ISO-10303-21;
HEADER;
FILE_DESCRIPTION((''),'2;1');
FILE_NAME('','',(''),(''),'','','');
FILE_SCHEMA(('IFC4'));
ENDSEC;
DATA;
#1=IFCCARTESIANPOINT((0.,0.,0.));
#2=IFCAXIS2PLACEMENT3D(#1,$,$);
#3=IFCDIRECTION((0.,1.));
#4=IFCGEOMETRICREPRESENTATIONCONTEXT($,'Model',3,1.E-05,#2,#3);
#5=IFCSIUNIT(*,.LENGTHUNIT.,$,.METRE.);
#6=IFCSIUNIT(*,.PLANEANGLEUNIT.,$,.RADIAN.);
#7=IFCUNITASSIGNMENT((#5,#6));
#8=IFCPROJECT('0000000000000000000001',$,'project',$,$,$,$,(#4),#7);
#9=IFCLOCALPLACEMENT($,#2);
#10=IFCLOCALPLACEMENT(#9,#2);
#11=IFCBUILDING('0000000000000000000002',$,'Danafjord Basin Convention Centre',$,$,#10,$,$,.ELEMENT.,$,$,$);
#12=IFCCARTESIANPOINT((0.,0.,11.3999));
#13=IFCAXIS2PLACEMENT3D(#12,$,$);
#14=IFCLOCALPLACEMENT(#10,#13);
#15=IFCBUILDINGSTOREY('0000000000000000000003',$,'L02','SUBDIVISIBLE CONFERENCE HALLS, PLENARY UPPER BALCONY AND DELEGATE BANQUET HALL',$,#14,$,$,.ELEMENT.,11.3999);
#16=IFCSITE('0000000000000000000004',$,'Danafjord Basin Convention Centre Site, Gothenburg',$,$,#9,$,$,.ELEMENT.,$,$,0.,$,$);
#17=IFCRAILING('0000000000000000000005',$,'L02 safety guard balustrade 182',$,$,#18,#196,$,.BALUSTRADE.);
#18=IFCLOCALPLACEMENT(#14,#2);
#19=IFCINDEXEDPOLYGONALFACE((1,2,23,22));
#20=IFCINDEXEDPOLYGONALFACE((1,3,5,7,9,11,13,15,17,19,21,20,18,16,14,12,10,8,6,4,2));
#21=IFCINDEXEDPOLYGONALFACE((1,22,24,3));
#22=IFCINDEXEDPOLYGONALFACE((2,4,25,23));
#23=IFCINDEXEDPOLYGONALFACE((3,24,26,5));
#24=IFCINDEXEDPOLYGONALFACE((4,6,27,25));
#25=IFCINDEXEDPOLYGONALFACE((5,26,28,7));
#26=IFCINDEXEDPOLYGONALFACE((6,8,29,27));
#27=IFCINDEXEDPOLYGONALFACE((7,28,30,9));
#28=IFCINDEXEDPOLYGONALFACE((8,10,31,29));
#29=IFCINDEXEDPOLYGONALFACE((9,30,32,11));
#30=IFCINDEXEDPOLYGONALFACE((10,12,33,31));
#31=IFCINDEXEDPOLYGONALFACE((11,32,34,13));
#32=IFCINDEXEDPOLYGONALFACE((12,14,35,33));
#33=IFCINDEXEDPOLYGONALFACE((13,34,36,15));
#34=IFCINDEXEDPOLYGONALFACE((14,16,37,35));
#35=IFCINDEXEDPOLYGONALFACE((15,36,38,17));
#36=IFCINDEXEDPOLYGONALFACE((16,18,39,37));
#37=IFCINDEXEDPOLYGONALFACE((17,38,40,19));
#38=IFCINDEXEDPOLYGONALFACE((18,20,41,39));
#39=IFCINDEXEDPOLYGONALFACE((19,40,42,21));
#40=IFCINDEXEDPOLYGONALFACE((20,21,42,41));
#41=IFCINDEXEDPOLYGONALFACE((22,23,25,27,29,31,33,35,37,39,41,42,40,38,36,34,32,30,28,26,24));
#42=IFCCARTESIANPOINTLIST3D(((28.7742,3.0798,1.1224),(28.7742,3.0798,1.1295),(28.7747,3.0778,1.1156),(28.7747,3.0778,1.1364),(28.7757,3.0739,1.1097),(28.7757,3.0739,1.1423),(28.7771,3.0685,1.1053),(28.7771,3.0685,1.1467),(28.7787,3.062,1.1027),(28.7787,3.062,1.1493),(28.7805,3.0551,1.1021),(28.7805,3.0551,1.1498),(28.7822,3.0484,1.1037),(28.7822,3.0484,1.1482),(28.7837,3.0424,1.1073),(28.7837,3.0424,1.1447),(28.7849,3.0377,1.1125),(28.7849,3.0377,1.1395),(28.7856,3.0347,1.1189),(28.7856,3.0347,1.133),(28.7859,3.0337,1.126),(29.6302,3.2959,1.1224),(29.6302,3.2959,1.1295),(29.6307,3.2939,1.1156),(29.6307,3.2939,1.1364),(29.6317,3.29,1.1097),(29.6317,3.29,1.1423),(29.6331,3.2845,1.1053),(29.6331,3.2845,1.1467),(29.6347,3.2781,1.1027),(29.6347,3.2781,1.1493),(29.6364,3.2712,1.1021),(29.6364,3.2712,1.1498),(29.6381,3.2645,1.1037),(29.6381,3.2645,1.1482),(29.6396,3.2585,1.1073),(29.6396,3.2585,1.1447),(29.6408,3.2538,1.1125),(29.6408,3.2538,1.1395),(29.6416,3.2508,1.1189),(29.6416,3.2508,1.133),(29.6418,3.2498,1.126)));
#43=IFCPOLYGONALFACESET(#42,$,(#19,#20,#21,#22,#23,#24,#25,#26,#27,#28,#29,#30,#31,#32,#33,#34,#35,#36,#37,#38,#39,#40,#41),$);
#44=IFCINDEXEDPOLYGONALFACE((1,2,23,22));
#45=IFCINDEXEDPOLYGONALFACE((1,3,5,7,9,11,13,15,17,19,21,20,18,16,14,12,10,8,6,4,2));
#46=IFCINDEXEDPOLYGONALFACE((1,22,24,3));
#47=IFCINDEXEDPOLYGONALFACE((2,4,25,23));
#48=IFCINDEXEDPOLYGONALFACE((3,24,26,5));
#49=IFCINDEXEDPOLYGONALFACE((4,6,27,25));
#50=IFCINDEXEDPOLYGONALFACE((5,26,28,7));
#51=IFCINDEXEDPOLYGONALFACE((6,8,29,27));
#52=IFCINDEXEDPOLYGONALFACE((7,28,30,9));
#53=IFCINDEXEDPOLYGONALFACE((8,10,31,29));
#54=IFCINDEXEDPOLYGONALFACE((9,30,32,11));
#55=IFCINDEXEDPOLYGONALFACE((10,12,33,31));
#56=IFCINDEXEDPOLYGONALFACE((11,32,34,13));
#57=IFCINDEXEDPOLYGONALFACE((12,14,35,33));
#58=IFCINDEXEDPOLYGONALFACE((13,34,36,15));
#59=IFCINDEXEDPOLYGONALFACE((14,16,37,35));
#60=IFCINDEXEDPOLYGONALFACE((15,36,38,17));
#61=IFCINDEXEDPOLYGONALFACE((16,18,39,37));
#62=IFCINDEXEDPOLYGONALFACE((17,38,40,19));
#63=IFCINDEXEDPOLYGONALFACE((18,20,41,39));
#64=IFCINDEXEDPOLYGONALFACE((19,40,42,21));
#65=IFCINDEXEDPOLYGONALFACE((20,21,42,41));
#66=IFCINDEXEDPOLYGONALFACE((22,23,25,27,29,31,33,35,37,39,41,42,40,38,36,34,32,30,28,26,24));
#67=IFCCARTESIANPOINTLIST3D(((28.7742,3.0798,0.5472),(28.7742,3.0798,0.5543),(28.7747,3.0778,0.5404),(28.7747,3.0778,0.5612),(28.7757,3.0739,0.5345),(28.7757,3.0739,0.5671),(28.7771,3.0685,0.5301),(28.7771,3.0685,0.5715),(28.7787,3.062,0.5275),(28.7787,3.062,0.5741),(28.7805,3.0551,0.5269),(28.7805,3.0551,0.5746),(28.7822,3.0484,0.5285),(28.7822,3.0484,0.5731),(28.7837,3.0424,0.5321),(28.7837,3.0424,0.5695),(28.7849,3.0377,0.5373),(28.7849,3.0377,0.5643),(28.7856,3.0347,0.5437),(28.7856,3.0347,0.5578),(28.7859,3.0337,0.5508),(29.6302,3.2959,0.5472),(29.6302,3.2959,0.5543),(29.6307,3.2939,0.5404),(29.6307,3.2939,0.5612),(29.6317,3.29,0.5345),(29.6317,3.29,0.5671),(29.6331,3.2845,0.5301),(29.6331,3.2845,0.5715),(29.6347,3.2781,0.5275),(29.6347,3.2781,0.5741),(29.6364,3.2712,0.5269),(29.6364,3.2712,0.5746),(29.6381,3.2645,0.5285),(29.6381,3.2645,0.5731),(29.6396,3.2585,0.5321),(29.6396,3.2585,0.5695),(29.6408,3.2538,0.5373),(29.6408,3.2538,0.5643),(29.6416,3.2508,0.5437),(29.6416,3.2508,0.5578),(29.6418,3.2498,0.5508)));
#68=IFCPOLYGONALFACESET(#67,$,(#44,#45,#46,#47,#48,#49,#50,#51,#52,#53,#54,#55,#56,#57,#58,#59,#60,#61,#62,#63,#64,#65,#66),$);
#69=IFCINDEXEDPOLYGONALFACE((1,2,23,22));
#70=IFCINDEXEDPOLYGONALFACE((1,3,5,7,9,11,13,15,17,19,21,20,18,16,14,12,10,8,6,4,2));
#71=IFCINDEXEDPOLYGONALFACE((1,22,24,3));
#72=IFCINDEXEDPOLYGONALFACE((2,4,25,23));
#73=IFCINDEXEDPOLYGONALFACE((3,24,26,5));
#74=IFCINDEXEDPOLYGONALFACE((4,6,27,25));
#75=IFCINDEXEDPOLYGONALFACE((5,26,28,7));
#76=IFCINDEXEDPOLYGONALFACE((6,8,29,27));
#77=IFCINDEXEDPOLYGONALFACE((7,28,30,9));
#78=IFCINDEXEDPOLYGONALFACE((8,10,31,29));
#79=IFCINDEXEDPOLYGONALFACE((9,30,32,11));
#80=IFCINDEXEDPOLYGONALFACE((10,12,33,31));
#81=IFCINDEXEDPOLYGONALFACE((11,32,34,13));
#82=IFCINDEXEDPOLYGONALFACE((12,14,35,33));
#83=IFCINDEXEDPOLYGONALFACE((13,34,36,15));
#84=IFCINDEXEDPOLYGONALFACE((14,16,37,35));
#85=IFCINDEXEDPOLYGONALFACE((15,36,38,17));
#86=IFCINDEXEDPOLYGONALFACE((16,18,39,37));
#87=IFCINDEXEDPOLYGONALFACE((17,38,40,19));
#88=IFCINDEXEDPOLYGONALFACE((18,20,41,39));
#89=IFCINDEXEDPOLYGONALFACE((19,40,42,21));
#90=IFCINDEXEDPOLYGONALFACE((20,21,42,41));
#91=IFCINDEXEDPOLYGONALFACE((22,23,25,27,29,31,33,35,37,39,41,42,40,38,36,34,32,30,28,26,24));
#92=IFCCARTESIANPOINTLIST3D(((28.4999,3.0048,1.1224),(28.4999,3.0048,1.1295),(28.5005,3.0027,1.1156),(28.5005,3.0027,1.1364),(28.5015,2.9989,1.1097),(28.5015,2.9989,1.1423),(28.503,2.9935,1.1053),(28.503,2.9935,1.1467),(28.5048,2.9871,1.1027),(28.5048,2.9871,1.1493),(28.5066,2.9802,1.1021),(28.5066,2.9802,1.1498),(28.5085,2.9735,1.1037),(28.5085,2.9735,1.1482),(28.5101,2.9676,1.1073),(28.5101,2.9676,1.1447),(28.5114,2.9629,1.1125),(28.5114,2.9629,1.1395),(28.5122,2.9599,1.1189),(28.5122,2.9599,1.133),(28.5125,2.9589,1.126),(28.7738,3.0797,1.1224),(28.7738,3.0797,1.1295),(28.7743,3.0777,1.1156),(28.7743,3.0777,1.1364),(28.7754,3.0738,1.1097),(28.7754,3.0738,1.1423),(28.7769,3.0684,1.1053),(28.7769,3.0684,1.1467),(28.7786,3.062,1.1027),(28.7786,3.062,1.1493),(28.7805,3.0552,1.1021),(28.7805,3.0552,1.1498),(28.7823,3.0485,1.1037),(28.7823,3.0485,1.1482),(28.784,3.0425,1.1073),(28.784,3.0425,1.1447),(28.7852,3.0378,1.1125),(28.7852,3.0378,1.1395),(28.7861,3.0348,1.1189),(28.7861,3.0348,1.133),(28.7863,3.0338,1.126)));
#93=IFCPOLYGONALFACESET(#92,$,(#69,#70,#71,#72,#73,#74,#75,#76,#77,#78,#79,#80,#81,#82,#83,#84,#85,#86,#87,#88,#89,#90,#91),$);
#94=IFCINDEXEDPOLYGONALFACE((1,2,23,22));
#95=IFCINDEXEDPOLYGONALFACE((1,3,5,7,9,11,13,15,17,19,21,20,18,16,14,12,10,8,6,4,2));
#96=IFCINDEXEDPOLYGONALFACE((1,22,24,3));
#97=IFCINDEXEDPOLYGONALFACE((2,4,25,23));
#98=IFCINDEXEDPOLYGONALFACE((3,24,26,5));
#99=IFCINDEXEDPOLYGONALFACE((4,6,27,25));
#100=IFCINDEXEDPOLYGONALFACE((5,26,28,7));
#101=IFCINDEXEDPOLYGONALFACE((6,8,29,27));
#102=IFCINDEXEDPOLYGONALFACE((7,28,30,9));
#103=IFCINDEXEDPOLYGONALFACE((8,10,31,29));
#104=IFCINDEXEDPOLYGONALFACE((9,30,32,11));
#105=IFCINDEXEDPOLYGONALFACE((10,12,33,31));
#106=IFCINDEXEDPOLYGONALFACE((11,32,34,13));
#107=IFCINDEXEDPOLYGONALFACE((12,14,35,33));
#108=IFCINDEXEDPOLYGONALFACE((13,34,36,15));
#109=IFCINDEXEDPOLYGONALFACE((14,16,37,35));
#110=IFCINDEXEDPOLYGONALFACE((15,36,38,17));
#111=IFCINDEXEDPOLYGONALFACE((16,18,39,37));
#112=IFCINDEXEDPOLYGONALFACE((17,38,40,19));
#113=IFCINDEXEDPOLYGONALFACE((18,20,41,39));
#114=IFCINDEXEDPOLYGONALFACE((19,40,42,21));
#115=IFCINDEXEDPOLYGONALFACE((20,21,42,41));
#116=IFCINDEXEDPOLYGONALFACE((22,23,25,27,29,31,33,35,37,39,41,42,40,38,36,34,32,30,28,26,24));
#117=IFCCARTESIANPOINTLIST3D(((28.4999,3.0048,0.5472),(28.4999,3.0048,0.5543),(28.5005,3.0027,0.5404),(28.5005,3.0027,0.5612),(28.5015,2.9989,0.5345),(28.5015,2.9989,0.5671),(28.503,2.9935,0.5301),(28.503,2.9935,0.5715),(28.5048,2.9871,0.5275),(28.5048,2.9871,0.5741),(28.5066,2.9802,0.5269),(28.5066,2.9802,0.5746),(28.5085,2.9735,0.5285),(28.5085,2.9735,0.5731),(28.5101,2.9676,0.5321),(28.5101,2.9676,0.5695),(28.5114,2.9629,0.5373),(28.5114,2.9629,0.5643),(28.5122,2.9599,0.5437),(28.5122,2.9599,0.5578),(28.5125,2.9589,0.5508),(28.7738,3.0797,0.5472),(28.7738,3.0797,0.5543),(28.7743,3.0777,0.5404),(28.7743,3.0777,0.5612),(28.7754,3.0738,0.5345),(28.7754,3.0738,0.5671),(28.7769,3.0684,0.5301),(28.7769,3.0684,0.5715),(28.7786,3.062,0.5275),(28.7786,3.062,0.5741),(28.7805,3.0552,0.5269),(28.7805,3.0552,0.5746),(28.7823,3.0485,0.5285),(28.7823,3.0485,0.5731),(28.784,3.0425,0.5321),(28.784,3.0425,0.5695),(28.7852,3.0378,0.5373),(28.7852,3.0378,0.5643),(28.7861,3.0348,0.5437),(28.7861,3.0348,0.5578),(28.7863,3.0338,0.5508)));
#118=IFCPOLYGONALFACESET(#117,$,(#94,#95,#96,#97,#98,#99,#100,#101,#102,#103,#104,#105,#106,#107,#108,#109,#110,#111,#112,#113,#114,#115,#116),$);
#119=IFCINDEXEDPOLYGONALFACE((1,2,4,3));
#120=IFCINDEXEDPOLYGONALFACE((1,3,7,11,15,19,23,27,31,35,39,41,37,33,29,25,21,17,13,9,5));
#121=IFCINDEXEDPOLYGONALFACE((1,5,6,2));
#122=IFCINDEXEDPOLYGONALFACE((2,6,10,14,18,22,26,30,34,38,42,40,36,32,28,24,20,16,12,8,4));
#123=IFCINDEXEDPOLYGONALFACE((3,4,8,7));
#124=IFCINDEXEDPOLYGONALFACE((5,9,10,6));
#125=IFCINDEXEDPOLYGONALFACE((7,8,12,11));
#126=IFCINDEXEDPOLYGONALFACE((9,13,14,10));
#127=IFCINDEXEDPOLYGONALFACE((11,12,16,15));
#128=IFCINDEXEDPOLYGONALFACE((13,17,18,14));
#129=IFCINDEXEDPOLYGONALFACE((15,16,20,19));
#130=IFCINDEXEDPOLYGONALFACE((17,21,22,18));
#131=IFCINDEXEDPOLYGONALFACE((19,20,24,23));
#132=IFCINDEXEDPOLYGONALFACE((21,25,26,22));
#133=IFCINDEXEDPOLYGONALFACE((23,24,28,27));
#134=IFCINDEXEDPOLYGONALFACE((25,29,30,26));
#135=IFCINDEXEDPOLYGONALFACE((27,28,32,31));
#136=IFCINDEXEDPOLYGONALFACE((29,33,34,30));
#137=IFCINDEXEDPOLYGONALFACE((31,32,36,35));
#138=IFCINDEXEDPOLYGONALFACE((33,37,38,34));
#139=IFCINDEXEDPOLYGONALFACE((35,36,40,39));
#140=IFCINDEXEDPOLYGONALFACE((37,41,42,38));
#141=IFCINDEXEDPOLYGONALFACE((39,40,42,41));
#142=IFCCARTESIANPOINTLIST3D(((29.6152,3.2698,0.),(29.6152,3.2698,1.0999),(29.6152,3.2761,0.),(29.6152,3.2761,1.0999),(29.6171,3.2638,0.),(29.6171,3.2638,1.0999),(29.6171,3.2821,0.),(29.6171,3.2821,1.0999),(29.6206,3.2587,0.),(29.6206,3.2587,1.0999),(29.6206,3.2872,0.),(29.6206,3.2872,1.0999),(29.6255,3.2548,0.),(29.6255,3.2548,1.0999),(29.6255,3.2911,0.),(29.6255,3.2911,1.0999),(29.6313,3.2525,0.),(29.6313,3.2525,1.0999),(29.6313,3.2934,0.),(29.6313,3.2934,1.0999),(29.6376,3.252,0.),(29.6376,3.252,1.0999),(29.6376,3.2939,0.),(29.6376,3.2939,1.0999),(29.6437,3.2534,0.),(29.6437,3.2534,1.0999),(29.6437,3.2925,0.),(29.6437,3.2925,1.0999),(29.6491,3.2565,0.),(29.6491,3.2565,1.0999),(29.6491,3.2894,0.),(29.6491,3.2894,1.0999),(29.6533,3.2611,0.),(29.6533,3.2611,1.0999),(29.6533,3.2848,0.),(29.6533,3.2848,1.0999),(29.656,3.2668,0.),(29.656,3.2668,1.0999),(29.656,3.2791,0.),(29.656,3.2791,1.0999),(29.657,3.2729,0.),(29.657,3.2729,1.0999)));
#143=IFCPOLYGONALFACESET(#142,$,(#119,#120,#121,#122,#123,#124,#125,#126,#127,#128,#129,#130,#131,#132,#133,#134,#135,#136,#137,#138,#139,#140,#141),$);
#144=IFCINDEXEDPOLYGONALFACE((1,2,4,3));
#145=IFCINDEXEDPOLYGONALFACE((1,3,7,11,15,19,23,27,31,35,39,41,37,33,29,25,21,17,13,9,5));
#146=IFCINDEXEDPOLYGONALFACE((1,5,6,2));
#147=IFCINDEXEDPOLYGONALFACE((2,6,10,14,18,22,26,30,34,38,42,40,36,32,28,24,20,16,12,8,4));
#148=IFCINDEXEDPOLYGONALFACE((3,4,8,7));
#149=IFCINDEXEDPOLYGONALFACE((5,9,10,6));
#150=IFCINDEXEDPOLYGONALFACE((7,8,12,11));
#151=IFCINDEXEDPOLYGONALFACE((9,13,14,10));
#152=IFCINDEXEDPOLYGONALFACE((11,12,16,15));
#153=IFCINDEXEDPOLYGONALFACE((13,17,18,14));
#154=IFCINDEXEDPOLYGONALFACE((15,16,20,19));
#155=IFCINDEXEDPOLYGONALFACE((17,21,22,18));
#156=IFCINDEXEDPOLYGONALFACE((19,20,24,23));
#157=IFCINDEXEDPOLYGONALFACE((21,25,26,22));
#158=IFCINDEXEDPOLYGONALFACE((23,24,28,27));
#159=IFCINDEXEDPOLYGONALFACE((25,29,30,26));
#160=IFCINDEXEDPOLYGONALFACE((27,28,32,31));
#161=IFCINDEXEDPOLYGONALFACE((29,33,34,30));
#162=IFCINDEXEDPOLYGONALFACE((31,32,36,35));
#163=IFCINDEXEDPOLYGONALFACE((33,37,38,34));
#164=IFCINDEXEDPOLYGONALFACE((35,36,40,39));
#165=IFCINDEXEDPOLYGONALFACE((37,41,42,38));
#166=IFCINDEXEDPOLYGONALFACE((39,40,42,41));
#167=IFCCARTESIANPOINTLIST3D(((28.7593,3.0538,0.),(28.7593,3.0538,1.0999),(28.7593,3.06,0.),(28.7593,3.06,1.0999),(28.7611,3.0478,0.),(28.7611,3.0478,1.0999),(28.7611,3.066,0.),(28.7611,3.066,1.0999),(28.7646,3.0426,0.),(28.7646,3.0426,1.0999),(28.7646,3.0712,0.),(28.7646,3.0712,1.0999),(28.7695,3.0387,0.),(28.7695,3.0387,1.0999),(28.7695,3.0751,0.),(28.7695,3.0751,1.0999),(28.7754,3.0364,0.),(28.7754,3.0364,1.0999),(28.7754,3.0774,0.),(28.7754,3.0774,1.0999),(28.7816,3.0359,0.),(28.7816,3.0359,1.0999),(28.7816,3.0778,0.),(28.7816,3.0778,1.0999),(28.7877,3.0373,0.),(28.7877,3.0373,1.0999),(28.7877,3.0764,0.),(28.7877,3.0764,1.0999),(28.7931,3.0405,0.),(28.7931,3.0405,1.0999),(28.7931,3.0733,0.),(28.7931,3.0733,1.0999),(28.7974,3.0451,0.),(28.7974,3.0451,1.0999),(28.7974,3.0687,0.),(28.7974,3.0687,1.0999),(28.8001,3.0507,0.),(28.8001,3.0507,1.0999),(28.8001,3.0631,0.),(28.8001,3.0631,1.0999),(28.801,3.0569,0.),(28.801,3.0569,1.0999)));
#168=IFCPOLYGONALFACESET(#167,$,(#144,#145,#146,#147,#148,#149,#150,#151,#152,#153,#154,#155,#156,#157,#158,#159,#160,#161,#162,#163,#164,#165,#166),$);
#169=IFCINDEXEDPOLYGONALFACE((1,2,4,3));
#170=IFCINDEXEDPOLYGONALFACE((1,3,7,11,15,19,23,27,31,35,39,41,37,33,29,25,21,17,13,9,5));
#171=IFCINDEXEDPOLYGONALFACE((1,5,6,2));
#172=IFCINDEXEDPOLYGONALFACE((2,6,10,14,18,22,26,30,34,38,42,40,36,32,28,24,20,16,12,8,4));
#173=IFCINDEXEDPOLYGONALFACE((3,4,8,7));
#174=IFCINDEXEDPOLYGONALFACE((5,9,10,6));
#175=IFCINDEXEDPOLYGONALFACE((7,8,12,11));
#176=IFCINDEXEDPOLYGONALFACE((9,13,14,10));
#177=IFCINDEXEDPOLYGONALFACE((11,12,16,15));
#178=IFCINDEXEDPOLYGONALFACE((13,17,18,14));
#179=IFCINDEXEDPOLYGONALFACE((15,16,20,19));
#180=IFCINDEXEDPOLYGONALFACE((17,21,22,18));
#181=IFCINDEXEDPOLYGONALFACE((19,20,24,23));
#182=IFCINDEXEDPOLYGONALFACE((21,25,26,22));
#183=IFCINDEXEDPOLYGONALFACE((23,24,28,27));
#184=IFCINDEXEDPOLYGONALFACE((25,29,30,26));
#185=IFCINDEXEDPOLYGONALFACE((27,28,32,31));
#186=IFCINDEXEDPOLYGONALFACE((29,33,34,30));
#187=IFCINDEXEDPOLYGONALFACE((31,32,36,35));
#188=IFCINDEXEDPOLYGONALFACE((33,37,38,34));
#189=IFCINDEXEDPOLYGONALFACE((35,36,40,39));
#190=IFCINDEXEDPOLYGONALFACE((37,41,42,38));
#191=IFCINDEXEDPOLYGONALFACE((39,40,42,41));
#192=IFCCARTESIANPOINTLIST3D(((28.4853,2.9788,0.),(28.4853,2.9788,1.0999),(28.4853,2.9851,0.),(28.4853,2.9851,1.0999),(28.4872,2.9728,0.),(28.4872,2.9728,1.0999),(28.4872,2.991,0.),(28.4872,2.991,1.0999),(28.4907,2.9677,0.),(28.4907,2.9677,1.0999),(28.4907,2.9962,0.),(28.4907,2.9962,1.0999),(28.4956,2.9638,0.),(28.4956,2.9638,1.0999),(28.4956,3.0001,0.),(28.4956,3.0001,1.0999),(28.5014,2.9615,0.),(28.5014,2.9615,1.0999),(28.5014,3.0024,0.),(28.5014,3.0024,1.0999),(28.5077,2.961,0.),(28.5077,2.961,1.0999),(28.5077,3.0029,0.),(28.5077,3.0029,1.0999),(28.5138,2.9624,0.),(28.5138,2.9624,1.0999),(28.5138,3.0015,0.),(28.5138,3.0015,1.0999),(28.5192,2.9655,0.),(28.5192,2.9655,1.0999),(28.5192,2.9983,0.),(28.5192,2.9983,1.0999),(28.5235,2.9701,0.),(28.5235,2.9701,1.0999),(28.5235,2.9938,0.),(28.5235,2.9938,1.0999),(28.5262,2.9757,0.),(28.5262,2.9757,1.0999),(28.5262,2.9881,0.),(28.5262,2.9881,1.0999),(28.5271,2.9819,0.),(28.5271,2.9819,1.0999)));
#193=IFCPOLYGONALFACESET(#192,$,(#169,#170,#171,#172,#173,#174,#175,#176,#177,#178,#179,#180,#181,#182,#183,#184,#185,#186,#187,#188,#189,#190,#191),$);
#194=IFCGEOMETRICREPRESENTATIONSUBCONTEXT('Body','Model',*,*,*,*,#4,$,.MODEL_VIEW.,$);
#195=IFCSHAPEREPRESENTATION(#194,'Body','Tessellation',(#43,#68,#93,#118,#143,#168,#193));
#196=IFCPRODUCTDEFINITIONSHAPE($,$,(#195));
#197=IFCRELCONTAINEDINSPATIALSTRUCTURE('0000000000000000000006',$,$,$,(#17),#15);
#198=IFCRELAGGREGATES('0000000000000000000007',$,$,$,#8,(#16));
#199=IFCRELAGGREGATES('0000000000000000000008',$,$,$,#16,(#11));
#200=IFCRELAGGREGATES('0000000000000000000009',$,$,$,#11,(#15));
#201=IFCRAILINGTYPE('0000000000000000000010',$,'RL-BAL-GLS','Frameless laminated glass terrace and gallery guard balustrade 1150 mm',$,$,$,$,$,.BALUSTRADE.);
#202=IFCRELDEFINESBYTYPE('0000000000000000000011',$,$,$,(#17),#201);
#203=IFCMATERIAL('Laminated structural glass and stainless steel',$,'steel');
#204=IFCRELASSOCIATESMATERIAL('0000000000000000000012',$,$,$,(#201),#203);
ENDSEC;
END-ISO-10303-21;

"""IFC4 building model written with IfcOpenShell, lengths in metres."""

from ifc_helpers import new_model, si_unit, direction, frame, origin, origin_2d, place, context, subcontext, project, spatial, circle, extrude, material, type_object, element, save


model = new_model("IFC4")

# Units and contexts
model_context = context("Model", 3, precision=1e-05, world=origin(), true_north=direction((0.0, 1.0)))
body_context = subcontext(model_context, "Body", "Model", "MODEL_VIEW")
ifc_project = project(units=[si_unit("LENGTHUNIT", "METRE"), si_unit("PLANEANGLEUNIT", "RADIAN")], contexts=[model_context])

# Site, building, storey
site_placement = place(None, origin())
site = spatial("IfcSite", under=ifc_project, at=site_placement, Name="Danafjord Basin Convention Centre Site, Gothenburg", CompositionType="ELEMENT", RefElevation=0.0)
building_placement = place(site_placement, origin())
building = spatial("IfcBuilding", under=site, at=building_placement, Name="Danafjord Basin Convention Centre", CompositionType="ELEMENT")
storey_placement = place(building_placement, frame((0.0, 0.0, 11.3999)))
storey = spatial("IfcBuildingStorey", under=building, at=storey_placement, Name="L02", Description="SUBDIVISIBLE CONFERENCE HALLS, PLENARY UPPER BALCONY AND DELEGATE BANQUET HALL", CompositionType="ELEMENT", Elevation=11.3999)

# Railing
ifc_material_1 = material(Name="Laminated structural glass and stainless steel", Category="steel")
railing_type = type_object("IfcRailingType", Name="RL-BAL-GLS", Description="Frameless laminated glass terrace and gallery guard balustrade 1150 mm", PredefinedType="BALUSTRADE", material=ifc_material_1)
railing_1_placement = place(storey_placement, frame((29.636, 3.2729, 0.0)))
element("IfcRailing", 1, at=railing_1_placement, inside=storey, type_object=railing_type, Name="L02 safety guard balustrade 182", PredefinedType="BALUSTRADE", context=body_context, shape_type="SweptSolid", body=[
    extrude(circle(Radius=0.0239, at=origin_2d()), frame((0.0, 0.0, 1.126), z_axis=(-0.969587, -0.244747, 0.0), x_axis=(0.244747, -0.969587, 0.0)), (0.0, 0.0, 1.0), 0.8828),
    extrude(circle(Radius=0.0239, at=origin_2d()), frame((0.0, 0.0, 0.5508), z_axis=(-0.969587, -0.244747, 0.0), x_axis=(0.244747, -0.969587, 0.0)), (0.0, 0.0, 1.0), 0.8828),
    extrude(circle(Radius=0.0239, at=origin_2d()), frame((-0.856, -0.2161, 1.126), z_axis=(-0.964545, -0.263917, 0.0), x_axis=(0.263917, -0.964545, 0.0)), (0.0, 0.0, 1.0), 0.2839),
    extrude(circle(Radius=0.0239, at=origin_2d()), frame((-0.856, -0.2161, 0.5508), z_axis=(-0.964545, -0.263917, 0.0), x_axis=(0.263917, -0.964545, 0.0)), (0.0, 0.0, 1.0), 0.2839),
    extrude(circle(Radius=0.021, at=origin_2d()), origin(), (0.0, 0.0, 1.0), 1.0999),
    extrude(circle(Radius=0.021, at=origin_2d()), frame((-0.856, -0.2161, 0.0)), (0.0, 0.0, 1.0), 1.0999),
    extrude(circle(Radius=0.021, at=origin_2d()), frame((-1.1299, -0.291, 0.0)), (0.0, 0.0, 1.0), 1.0999),
])

save(model, "model.ifc")
